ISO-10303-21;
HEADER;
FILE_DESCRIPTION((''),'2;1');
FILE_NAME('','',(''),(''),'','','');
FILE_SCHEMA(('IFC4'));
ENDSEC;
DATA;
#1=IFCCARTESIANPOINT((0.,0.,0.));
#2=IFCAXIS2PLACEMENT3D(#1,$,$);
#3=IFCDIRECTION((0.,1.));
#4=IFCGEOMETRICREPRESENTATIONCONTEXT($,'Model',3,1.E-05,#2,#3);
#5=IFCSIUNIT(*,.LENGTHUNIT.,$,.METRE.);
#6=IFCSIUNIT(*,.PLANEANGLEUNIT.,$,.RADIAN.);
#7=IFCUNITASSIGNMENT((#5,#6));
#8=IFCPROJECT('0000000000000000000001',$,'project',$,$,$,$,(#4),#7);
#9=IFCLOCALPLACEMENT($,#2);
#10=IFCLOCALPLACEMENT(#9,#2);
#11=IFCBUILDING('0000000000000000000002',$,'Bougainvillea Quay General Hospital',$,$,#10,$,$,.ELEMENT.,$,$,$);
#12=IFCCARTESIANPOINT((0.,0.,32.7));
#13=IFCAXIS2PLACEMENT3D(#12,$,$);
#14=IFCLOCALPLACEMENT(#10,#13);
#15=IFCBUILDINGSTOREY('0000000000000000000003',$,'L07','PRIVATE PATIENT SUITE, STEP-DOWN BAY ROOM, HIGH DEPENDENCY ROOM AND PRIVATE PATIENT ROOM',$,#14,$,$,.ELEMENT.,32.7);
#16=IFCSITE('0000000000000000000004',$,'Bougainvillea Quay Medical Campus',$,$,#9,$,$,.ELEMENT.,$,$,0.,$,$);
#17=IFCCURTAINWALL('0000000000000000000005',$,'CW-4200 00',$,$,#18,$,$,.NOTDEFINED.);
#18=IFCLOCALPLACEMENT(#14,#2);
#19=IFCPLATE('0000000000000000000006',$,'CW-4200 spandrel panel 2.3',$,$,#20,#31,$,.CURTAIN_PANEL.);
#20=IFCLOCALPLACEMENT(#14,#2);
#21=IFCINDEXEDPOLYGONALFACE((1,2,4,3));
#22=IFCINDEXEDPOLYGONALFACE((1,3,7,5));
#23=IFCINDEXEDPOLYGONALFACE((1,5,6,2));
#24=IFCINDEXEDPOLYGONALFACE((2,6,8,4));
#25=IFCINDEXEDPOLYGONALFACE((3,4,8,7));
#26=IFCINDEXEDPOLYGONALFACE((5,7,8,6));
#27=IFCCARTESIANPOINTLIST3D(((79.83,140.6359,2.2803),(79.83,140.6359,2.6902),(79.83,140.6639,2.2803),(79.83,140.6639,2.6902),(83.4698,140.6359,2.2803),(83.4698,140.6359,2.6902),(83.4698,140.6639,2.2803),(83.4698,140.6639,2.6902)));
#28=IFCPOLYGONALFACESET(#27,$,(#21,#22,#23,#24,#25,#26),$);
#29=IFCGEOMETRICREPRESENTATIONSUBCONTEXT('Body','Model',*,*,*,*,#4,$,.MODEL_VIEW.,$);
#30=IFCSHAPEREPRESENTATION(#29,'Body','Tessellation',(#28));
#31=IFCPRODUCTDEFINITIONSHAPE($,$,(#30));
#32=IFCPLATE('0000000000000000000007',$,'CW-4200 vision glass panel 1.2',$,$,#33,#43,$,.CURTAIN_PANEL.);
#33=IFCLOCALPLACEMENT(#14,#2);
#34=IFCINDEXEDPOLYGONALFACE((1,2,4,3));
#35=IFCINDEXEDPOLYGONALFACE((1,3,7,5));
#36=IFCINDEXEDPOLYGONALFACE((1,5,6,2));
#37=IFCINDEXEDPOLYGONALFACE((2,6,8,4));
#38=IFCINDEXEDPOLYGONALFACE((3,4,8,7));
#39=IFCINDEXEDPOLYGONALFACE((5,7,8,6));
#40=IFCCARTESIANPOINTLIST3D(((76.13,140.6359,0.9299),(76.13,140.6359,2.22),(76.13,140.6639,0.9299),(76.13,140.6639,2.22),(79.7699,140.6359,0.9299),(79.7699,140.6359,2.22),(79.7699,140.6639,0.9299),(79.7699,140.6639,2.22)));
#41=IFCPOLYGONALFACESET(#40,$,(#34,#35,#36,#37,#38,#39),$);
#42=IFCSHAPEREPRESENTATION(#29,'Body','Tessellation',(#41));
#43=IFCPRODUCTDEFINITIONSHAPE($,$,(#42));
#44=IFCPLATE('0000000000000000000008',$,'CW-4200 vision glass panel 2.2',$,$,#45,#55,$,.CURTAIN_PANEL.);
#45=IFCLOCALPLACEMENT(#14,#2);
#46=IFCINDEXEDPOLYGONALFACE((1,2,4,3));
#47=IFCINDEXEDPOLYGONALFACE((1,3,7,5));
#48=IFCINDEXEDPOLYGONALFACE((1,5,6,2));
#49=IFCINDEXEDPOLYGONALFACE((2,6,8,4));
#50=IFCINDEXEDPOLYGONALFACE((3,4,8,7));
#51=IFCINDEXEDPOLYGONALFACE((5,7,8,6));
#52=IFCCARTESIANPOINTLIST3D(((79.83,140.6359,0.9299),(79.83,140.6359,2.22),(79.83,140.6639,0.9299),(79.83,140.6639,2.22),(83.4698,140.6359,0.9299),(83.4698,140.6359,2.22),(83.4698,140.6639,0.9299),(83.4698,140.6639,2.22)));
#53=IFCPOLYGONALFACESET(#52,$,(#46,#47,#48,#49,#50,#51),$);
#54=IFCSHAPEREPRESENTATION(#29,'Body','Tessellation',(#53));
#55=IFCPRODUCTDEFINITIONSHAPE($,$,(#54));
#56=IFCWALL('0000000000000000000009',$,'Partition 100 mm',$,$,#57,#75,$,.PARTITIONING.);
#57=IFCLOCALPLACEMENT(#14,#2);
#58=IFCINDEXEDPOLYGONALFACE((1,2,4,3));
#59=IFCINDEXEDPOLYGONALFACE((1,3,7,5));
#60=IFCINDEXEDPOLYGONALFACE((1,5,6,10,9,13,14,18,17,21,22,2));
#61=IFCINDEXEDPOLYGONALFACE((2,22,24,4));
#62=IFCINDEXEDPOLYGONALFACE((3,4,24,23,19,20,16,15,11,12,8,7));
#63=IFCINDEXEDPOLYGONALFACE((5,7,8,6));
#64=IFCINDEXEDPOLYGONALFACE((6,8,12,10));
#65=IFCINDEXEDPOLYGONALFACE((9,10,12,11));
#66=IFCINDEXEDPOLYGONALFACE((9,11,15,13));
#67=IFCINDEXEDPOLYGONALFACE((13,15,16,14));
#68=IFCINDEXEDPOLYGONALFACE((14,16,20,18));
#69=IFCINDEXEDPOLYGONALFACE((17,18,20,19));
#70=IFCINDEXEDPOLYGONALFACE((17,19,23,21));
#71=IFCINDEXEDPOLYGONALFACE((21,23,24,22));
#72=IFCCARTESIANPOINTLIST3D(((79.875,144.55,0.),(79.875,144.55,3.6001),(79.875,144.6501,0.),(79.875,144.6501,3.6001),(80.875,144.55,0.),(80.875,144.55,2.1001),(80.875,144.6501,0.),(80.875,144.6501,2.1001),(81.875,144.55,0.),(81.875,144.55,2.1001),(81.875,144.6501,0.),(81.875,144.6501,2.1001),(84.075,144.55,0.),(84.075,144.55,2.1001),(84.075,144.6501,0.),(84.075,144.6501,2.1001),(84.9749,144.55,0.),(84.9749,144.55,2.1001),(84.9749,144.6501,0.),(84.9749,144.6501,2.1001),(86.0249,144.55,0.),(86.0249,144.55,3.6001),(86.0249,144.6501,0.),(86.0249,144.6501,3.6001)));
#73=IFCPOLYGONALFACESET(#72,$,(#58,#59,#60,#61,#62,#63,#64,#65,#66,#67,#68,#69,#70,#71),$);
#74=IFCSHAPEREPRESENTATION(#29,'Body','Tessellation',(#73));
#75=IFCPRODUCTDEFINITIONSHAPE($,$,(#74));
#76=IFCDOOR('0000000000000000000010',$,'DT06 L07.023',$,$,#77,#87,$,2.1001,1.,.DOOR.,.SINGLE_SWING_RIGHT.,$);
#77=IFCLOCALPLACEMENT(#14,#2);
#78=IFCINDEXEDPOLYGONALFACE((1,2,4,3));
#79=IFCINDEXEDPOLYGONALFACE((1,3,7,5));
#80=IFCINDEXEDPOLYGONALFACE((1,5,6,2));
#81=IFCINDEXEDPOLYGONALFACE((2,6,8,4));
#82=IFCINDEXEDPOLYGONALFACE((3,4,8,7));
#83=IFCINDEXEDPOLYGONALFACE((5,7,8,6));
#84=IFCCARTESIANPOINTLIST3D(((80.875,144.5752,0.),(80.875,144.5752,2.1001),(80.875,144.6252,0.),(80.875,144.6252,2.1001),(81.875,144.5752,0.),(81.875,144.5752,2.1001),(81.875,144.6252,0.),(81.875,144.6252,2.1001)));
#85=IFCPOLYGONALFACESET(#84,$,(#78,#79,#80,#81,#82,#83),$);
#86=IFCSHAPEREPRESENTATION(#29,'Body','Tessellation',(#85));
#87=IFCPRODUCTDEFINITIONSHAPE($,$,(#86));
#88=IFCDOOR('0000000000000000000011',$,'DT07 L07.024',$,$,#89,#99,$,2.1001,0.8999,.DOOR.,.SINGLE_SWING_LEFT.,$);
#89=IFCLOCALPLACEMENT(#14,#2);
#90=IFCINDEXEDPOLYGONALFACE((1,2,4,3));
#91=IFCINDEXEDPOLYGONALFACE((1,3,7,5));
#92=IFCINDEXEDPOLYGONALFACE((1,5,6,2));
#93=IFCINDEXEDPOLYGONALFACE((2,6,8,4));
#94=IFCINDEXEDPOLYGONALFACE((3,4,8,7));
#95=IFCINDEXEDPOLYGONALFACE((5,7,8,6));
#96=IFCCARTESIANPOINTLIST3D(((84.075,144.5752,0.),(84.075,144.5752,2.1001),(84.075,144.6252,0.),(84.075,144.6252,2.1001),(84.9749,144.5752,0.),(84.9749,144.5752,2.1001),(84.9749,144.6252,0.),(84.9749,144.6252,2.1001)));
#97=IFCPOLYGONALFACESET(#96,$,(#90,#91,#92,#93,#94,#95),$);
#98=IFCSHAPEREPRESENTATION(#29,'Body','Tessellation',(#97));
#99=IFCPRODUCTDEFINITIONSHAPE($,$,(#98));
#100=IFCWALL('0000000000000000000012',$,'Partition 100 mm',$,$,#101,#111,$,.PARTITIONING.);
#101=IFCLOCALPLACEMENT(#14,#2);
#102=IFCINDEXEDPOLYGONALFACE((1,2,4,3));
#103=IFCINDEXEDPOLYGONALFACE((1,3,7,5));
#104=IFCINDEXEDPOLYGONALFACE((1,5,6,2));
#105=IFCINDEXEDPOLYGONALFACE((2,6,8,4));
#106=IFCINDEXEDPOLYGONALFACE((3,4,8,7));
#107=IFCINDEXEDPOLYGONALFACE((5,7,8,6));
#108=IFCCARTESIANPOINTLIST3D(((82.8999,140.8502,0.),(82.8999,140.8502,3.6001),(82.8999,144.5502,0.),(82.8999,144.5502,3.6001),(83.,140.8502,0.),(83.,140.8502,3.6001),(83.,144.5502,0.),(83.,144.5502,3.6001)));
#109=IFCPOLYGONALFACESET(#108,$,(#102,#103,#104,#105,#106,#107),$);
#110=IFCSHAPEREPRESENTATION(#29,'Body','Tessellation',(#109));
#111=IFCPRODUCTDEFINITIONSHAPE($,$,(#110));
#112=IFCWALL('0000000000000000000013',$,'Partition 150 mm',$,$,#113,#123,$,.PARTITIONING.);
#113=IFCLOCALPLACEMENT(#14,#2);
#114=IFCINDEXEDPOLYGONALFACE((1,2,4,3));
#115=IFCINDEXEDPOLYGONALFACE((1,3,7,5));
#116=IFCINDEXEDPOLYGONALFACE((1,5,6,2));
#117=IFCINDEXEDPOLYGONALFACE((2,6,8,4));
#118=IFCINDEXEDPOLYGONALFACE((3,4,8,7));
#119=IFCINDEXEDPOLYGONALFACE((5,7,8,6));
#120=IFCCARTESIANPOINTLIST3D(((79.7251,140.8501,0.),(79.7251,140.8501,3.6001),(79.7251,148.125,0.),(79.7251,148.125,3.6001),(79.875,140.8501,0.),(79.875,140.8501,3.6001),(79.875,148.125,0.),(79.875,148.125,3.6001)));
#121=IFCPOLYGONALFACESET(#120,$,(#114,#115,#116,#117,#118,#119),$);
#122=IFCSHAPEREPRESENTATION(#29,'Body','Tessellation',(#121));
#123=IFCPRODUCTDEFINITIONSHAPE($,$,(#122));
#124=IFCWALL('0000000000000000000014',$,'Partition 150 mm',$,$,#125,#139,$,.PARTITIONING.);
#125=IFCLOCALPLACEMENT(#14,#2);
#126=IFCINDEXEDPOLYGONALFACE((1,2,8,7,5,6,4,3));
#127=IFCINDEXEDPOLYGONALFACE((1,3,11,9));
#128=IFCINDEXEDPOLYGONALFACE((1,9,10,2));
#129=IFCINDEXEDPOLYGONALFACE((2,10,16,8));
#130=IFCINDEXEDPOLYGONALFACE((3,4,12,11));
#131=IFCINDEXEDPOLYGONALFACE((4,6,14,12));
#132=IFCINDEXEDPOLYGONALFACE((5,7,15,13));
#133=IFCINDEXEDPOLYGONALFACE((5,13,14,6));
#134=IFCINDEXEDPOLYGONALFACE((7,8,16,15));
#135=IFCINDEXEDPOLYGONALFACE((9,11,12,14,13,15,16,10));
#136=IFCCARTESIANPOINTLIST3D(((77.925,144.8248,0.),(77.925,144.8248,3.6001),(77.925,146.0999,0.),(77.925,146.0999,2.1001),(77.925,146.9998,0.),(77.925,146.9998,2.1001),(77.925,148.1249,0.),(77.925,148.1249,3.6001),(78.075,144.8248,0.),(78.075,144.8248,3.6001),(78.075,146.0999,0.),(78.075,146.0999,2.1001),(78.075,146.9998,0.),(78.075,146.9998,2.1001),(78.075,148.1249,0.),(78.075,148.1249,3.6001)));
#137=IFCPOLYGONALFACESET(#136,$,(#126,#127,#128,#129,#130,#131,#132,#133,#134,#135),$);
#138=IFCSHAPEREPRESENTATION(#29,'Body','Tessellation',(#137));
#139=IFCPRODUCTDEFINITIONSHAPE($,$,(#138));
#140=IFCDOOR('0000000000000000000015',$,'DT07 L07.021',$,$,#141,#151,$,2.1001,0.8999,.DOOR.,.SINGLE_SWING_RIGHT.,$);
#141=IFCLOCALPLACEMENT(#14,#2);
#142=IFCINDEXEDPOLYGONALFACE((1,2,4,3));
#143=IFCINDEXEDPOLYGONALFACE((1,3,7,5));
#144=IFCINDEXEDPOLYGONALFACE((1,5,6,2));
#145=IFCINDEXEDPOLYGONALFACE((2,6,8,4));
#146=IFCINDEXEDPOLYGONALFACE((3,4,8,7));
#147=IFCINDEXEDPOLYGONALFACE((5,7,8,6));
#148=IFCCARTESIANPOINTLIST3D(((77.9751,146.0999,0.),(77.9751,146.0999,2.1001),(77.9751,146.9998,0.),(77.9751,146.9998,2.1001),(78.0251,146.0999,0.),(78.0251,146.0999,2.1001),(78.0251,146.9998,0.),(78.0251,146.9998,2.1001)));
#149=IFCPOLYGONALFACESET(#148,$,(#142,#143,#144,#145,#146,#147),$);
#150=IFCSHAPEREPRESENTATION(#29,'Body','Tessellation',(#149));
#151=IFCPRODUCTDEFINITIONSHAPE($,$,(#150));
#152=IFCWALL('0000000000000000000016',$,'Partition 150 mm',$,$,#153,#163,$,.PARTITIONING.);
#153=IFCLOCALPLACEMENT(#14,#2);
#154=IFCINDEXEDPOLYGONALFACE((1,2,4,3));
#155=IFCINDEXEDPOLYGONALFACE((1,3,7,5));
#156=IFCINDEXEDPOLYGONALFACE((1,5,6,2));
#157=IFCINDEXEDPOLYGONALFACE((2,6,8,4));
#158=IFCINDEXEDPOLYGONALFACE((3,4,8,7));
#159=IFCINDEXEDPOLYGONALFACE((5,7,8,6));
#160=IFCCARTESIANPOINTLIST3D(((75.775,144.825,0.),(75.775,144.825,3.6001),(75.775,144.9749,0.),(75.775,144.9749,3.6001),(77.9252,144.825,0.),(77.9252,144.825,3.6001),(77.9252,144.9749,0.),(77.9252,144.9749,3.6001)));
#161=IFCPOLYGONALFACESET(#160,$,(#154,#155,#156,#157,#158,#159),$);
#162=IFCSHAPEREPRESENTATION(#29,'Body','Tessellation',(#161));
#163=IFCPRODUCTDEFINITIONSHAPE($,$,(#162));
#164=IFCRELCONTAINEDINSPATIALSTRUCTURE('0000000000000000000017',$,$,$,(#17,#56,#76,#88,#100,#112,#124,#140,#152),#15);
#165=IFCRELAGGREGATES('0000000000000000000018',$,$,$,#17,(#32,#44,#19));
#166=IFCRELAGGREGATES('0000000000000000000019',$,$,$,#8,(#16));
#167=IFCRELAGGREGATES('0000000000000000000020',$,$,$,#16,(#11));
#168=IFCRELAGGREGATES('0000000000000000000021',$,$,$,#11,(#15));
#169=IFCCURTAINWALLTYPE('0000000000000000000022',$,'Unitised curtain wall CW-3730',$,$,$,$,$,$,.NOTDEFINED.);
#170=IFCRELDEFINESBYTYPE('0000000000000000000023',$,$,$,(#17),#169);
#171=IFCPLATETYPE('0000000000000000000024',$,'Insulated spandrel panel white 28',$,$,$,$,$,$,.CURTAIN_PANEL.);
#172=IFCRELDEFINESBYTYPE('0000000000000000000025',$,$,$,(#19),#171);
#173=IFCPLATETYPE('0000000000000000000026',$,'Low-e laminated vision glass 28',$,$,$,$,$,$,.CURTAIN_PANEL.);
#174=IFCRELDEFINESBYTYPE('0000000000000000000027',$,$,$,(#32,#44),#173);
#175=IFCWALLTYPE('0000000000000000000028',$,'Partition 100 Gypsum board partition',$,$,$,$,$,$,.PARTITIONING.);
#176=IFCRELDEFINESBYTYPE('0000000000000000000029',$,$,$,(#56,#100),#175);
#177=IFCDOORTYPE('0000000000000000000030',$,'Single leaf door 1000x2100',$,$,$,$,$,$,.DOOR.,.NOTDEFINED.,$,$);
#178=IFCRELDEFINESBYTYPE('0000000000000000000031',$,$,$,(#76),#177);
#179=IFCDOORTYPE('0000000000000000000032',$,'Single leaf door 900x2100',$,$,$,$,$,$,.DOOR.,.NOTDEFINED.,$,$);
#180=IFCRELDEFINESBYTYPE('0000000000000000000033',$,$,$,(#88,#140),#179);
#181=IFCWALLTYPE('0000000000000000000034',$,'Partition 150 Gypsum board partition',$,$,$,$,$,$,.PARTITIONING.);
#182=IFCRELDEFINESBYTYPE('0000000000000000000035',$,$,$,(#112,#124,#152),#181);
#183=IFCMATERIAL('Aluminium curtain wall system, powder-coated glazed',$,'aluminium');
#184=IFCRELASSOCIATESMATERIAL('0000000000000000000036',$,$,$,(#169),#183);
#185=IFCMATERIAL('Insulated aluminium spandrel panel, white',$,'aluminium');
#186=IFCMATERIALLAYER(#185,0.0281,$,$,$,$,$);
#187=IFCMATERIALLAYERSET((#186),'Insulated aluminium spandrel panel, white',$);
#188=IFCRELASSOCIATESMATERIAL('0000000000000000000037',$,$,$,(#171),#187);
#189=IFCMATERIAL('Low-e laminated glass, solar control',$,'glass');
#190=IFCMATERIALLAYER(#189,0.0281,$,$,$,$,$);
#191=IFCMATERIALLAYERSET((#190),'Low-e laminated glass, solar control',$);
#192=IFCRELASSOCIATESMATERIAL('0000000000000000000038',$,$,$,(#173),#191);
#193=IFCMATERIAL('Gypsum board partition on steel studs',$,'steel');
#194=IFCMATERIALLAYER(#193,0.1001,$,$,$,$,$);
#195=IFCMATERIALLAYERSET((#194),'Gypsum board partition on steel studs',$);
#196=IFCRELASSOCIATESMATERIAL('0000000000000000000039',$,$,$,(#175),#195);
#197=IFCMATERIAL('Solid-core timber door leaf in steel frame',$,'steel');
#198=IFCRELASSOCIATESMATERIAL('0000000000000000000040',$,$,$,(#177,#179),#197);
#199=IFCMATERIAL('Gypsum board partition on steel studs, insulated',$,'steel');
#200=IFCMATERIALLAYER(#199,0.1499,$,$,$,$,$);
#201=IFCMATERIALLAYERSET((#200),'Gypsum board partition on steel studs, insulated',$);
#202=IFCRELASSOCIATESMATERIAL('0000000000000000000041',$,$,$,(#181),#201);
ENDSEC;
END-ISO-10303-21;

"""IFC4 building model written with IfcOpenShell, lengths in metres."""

from ifc_helpers import new_model, si_unit, direction, frame, frame_2d, origin, origin_2d, place, context, subcontext, project, spatial, rectangle, extrude, material, layer, layer_set, type_object, element, fill, aggregate, save


model = new_model("IFC4")

# Units and contexts
model_context = context("Model", 3, precision=1e-05, world=origin(), true_north=direction((0.0, 1.0)))
body_context = subcontext(model_context, "Body", "Model", "MODEL_VIEW")
ifc_project = project(units=[si_unit("LENGTHUNIT", "METRE"), si_unit("PLANEANGLEUNIT", "RADIAN")], contexts=[model_context])

# Site, building, storey
site_placement = place(None, origin())
site = spatial("IfcSite", under=ifc_project, at=site_placement, Name="Bougainvillea Quay Medical Campus", CompositionType="ELEMENT", RefElevation=0.0)
building_placement = place(site_placement, origin())
building = spatial("IfcBuilding", under=site, at=building_placement, Name="Bougainvillea Quay General Hospital", CompositionType="ELEMENT")
storey_placement = place(building_placement, frame((0.0, 0.0, 32.7)))
storey = spatial("IfcBuildingStorey", under=building, at=storey_placement, Name="L07", Description="PRIVATE PATIENT SUITE, STEP-DOWN BAY ROOM, HIGH DEPENDENCY ROOM AND PRIVATE PATIENT ROOM", CompositionType="ELEMENT", Elevation=32.7)

# Curtain wall
ifc_material_1 = material(Name="Aluminium curtain wall system, powder-coated glazed", Category="aluminium")
curtain_wall_type = type_object("IfcCurtainWallType", Name="Unitised curtain wall CW-3730", PredefinedType="NOTDEFINED", material=ifc_material_1)
curtain_wall_placement = place(storey_placement, origin())
curtain_wall = element("IfcCurtainWall", 1, at=curtain_wall_placement, inside=storey, type_object=curtain_wall_type, Name="CW-4200 00", PredefinedType="NOTDEFINED")

# Plates
ifc_material_2 = material(Name="Insulated aluminium spandrel panel, white", Category="aluminium")
ifc_layer_1 = layer(ifc_material_2, 0.0281)
ifc_layer_set_1 = layer_set([ifc_layer_1], Name="Insulated aluminium spandrel panel, white")
plate_type_1 = type_object("IfcPlateType", Name="Insulated spandrel panel white 28", PredefinedType="CURTAIN_PANEL", material=ifc_layer_set_1)
plate_1_placement = place(storey_placement, frame((81.6499, 140.6499, 2.2803), z_axis=(0.0, 0.0, 1.0), x_axis=(1.0, 0.0, 0.0)))
plate_1 = element("IfcPlate", 2, at=plate_1_placement, type_object=plate_type_1, Name="CW-4200 spandrel panel 2.3", PredefinedType="CURTAIN_PANEL", context=body_context, shape_type="SweptSolid", body=[
    extrude(rectangle(XDim=3.6399, YDim=0.0281, at=origin_2d()), origin(), (0.0, 0.0, 1.0), 0.4099),
])
ifc_material_3 = material(Name="Low-e laminated glass, solar control", Category="glass")
ifc_layer_2 = layer(ifc_material_3, 0.0281)
ifc_layer_set_2 = layer_set([ifc_layer_2], Name="Low-e laminated glass, solar control")
plate_type_2 = type_object("IfcPlateType", Name="Low-e laminated vision glass 28", PredefinedType="CURTAIN_PANEL", material=ifc_layer_set_2)
plate_2_placement = place(storey_placement, frame((77.95, 140.6499, 0.9299), z_axis=(0.0, 0.0, 1.0), x_axis=(1.0, 0.0, 0.0)))
plate_2 = element("IfcPlate", 3, at=plate_2_placement, type_object=plate_type_2, Name="CW-4200 vision glass panel 1.2", PredefinedType="CURTAIN_PANEL", context=body_context, shape_type="SweptSolid", body=[
    extrude(rectangle(XDim=3.6399, YDim=0.0281, at=origin_2d()), origin(), (0.0, 0.0, 1.0), 1.29),
])
plate_3_placement = place(storey_placement, frame((81.6499, 140.6499, 0.9299), z_axis=(0.0, 0.0, 1.0), x_axis=(1.0, 0.0, 0.0)))
plate_3 = element("IfcPlate", 4, at=plate_3_placement, type_object=plate_type_2, Name="CW-4200 vision glass panel 2.2", PredefinedType="CURTAIN_PANEL", context=body_context, shape_type="SweptSolid", body=[
    extrude(rectangle(XDim=3.6399, YDim=0.0281, at=origin_2d()), origin(), (0.0, 0.0, 1.0), 1.29),
])
aggregate(curtain_wall, [plate_2, plate_3, plate_1])

# Wall, openings, doors
ifc_material_4 = material(Name="Gypsum board partition on steel studs", Category="steel")
ifc_layer_3 = layer(ifc_material_4, 0.1001)
ifc_layer_set_3 = layer_set([ifc_layer_3], Name="Gypsum board partition on steel studs")
wall_type_1 = type_object("IfcWallType", Name="Partition 100 Gypsum board partition", PredefinedType="PARTITIONING", material=ifc_layer_set_3)
wall_1_placement = place(storey_placement, frame((79.875, 144.6001, 0.0), z_axis=(0.0, 0.0, 1.0), x_axis=(1.0, 0.0, 0.0)))
wall_1 = element("IfcWall", 5, at=wall_1_placement, inside=storey, type_object=wall_type_1, Name="Partition 100 mm", PredefinedType="PARTITIONING", context=body_context, shape_type="SweptSolid", body=[
    extrude(rectangle(XDim=6.1499, YDim=0.1001, at=frame_2d((3.075, 0.0))), origin(), (0.0, 0.0, 1.0), 3.6001),
])
opening_1_placement = place(wall_1_placement, frame((1.0, 0.0, 0.0)))
opening_1 = element("IfcOpeningElement", 6, at=opening_1_placement, cuts=wall_1, PredefinedType="OPENING", context=body_context, shape_type="SweptSolid", body=[
    extrude(rectangle(XDim=1.0, YDim=2.1001, at=frame_2d((0.5, 1.05))), frame((0.0, 0.0601, 0.0), z_axis=(0.0, -1.0, 0.0), x_axis=(1.0, 0.0, 0.0)), (0.0, 0.0, 1.0), 0.1201),
])
opening_2_placement = place(wall_1_placement, frame((4.2, 0.0, 0.0)))
opening_2 = element("IfcOpeningElement", 7, at=opening_2_placement, cuts=wall_1, PredefinedType="OPENING", context=body_context, shape_type="SweptSolid", body=[
    extrude(rectangle(XDim=0.8999, YDim=2.1001, at=frame_2d((0.45, 1.05))), frame((0.0, 0.0601, 0.0), z_axis=(0.0, -1.0, 0.0), x_axis=(1.0, 0.0, 0.0)), (0.0, 0.0, 1.0), 0.1201),
])
ifc_material_5 = material(Name="Solid-core timber door leaf in steel frame", Category="steel")
door_type_1 = type_object("IfcDoorType", Name="Single leaf door 1000x2100", OperationType="NOTDEFINED", PredefinedType="DOOR", material=ifc_material_5)
door_1_placement = place(opening_1_placement, frame((1.0, 0.0, 0.0), z_axis=(0.0, 0.0, 1.0), x_axis=(-1.0, 0.0, 0.0)))
door_1 = element("IfcDoor", 8, at=door_1_placement, inside=storey, type_object=door_type_1, Name="DT06 L07.023", OperationType="SINGLE_SWING_RIGHT", OverallHeight=2.1001, OverallWidth=1.0, PredefinedType="DOOR", context=body_context, shape_type="SweptSolid", body=[
    extrude(rectangle(XDim=1.0, YDim=2.1001, at=frame_2d((0.5, 1.05))), frame((0.0, 0.0249, 0.0), z_axis=(0.0, -1.0, 0.0), x_axis=(1.0, 0.0, 0.0)), (0.0, 0.0, 1.0), 0.05),
])
fill(opening_1, door_1)
door_type_2 = type_object("IfcDoorType", Name="Single leaf door 900x2100", OperationType="NOTDEFINED", PredefinedType="DOOR", material=ifc_material_5)
door_2_placement = place(opening_2_placement, frame((0.8999, 0.0, 0.0), z_axis=(0.0, 0.0, 1.0), x_axis=(-1.0, 0.0, 0.0)))
door_2 = element("IfcDoor", 9, at=door_2_placement, inside=storey, type_object=door_type_2, Name="DT07 L07.024", OperationType="SINGLE_SWING_LEFT", OverallHeight=2.1001, OverallWidth=0.8999, PredefinedType="DOOR", context=body_context, shape_type="SweptSolid", body=[
    extrude(rectangle(XDim=0.8999, YDim=2.1001, at=frame_2d((0.45, 1.05))), frame((0.0, 0.0249, 0.0), z_axis=(0.0, -1.0, 0.0), x_axis=(1.0, 0.0, 0.0)), (0.0, 0.0, 1.0), 0.05),
])
fill(opening_2, door_2)

# Walls
wall_2_placement = place(storey_placement, frame((82.95, 140.8501, 0.0), z_axis=(0.0, 0.0, 1.0), x_axis=(0.0, 1.0, 0.0)))
element("IfcWall", 10, at=wall_2_placement, inside=storey, type_object=wall_type_1, Name="Partition 100 mm", PredefinedType="PARTITIONING", context=body_context, shape_type="SweptSolid", body=[
    extrude(rectangle(XDim=3.7, YDim=0.1001, at=frame_2d((1.8501, 0.0))), origin(), (0.0, 0.0, 1.0), 3.6001),
])
ifc_material_6 = material(Name="Gypsum board partition on steel studs, insulated", Category="steel")
ifc_layer_4 = layer(ifc_material_6, 0.1499)
ifc_layer_set_4 = layer_set([ifc_layer_4], Name="Gypsum board partition on steel studs, insulated")
wall_type_2 = type_object("IfcWallType", Name="Partition 150 Gypsum board partition", PredefinedType="PARTITIONING", material=ifc_layer_set_4)
wall_3_placement = place(storey_placement, frame((79.8, 140.8501, 0.0), z_axis=(0.0, 0.0, 1.0), x_axis=(0.0, 1.0, 0.0)))
element("IfcWall", 11, at=wall_3_placement, inside=storey, type_object=wall_type_2, Name="Partition 150 mm", PredefinedType="PARTITIONING", context=body_context, shape_type="SweptSolid", body=[
    extrude(rectangle(XDim=7.2749, YDim=0.1499, at=frame_2d((3.6375, 0.0))), origin(), (0.0, 0.0, 1.0), 3.6001),
])

# Wall, opening, door
wall_4_placement = place(storey_placement, frame((78.0, 144.825, 0.0), z_axis=(0.0, 0.0, 1.0), x_axis=(0.0, 1.0, 0.0)))
wall_4 = element("IfcWall", 12, at=wall_4_placement, inside=storey, type_object=wall_type_2, Name="Partition 150 mm", PredefinedType="PARTITIONING", context=body_context, shape_type="SweptSolid", body=[
    extrude(rectangle(XDim=3.3, YDim=0.1499, at=frame_2d((1.6499, 0.0))), origin(), (0.0, 0.0, 1.0), 3.6001),
])
opening_3_placement = place(wall_4_placement, frame((1.2749, 0.0, 0.0)))
opening_3 = element("IfcOpeningElement", 13, at=opening_3_placement, cuts=wall_4, PredefinedType="OPENING", context=body_context, shape_type="SweptSolid", body=[
    extrude(rectangle(XDim=0.8999, YDim=2.1001, at=frame_2d((0.45, 1.05))), frame((0.0, 0.085, 0.0), z_axis=(0.0, -1.0, 0.0), x_axis=(1.0, 0.0, 0.0)), (0.0, 0.0, 1.0), 0.1699),
])
door_3_placement = place(opening_3_placement, origin())
door_3 = element("IfcDoor", 14, at=door_3_placement, inside=storey, type_object=door_type_2, Name="DT07 L07.021", OperationType="SINGLE_SWING_RIGHT", OverallHeight=2.1001, OverallWidth=0.8999, PredefinedType="DOOR", context=body_context, shape_type="SweptSolid", body=[
    extrude(rectangle(XDim=0.8999, YDim=2.1001, at=frame_2d((0.45, 1.05))), frame((0.0, 0.0249, 0.0), z_axis=(0.0, -1.0, 0.0), x_axis=(1.0, 0.0, 0.0)), (0.0, 0.0, 1.0), 0.05),
])
fill(opening_3, door_3)

# Wall
wall_5_placement = place(storey_placement, frame((75.7749, 144.8999, 0.0), z_axis=(0.0, 0.0, 1.0), x_axis=(1.0, 0.0, 0.0)))
element("IfcWall", 15, at=wall_5_placement, inside=storey, type_object=wall_type_2, Name="Partition 150 mm", PredefinedType="PARTITIONING", context=body_context, shape_type="SweptSolid", body=[
    extrude(rectangle(XDim=2.1501, YDim=0.1499, at=frame_2d((1.0752, 0.0))), origin(), (0.0, 0.0, 1.0), 3.6001),
])

save(model, "model.ifc")
